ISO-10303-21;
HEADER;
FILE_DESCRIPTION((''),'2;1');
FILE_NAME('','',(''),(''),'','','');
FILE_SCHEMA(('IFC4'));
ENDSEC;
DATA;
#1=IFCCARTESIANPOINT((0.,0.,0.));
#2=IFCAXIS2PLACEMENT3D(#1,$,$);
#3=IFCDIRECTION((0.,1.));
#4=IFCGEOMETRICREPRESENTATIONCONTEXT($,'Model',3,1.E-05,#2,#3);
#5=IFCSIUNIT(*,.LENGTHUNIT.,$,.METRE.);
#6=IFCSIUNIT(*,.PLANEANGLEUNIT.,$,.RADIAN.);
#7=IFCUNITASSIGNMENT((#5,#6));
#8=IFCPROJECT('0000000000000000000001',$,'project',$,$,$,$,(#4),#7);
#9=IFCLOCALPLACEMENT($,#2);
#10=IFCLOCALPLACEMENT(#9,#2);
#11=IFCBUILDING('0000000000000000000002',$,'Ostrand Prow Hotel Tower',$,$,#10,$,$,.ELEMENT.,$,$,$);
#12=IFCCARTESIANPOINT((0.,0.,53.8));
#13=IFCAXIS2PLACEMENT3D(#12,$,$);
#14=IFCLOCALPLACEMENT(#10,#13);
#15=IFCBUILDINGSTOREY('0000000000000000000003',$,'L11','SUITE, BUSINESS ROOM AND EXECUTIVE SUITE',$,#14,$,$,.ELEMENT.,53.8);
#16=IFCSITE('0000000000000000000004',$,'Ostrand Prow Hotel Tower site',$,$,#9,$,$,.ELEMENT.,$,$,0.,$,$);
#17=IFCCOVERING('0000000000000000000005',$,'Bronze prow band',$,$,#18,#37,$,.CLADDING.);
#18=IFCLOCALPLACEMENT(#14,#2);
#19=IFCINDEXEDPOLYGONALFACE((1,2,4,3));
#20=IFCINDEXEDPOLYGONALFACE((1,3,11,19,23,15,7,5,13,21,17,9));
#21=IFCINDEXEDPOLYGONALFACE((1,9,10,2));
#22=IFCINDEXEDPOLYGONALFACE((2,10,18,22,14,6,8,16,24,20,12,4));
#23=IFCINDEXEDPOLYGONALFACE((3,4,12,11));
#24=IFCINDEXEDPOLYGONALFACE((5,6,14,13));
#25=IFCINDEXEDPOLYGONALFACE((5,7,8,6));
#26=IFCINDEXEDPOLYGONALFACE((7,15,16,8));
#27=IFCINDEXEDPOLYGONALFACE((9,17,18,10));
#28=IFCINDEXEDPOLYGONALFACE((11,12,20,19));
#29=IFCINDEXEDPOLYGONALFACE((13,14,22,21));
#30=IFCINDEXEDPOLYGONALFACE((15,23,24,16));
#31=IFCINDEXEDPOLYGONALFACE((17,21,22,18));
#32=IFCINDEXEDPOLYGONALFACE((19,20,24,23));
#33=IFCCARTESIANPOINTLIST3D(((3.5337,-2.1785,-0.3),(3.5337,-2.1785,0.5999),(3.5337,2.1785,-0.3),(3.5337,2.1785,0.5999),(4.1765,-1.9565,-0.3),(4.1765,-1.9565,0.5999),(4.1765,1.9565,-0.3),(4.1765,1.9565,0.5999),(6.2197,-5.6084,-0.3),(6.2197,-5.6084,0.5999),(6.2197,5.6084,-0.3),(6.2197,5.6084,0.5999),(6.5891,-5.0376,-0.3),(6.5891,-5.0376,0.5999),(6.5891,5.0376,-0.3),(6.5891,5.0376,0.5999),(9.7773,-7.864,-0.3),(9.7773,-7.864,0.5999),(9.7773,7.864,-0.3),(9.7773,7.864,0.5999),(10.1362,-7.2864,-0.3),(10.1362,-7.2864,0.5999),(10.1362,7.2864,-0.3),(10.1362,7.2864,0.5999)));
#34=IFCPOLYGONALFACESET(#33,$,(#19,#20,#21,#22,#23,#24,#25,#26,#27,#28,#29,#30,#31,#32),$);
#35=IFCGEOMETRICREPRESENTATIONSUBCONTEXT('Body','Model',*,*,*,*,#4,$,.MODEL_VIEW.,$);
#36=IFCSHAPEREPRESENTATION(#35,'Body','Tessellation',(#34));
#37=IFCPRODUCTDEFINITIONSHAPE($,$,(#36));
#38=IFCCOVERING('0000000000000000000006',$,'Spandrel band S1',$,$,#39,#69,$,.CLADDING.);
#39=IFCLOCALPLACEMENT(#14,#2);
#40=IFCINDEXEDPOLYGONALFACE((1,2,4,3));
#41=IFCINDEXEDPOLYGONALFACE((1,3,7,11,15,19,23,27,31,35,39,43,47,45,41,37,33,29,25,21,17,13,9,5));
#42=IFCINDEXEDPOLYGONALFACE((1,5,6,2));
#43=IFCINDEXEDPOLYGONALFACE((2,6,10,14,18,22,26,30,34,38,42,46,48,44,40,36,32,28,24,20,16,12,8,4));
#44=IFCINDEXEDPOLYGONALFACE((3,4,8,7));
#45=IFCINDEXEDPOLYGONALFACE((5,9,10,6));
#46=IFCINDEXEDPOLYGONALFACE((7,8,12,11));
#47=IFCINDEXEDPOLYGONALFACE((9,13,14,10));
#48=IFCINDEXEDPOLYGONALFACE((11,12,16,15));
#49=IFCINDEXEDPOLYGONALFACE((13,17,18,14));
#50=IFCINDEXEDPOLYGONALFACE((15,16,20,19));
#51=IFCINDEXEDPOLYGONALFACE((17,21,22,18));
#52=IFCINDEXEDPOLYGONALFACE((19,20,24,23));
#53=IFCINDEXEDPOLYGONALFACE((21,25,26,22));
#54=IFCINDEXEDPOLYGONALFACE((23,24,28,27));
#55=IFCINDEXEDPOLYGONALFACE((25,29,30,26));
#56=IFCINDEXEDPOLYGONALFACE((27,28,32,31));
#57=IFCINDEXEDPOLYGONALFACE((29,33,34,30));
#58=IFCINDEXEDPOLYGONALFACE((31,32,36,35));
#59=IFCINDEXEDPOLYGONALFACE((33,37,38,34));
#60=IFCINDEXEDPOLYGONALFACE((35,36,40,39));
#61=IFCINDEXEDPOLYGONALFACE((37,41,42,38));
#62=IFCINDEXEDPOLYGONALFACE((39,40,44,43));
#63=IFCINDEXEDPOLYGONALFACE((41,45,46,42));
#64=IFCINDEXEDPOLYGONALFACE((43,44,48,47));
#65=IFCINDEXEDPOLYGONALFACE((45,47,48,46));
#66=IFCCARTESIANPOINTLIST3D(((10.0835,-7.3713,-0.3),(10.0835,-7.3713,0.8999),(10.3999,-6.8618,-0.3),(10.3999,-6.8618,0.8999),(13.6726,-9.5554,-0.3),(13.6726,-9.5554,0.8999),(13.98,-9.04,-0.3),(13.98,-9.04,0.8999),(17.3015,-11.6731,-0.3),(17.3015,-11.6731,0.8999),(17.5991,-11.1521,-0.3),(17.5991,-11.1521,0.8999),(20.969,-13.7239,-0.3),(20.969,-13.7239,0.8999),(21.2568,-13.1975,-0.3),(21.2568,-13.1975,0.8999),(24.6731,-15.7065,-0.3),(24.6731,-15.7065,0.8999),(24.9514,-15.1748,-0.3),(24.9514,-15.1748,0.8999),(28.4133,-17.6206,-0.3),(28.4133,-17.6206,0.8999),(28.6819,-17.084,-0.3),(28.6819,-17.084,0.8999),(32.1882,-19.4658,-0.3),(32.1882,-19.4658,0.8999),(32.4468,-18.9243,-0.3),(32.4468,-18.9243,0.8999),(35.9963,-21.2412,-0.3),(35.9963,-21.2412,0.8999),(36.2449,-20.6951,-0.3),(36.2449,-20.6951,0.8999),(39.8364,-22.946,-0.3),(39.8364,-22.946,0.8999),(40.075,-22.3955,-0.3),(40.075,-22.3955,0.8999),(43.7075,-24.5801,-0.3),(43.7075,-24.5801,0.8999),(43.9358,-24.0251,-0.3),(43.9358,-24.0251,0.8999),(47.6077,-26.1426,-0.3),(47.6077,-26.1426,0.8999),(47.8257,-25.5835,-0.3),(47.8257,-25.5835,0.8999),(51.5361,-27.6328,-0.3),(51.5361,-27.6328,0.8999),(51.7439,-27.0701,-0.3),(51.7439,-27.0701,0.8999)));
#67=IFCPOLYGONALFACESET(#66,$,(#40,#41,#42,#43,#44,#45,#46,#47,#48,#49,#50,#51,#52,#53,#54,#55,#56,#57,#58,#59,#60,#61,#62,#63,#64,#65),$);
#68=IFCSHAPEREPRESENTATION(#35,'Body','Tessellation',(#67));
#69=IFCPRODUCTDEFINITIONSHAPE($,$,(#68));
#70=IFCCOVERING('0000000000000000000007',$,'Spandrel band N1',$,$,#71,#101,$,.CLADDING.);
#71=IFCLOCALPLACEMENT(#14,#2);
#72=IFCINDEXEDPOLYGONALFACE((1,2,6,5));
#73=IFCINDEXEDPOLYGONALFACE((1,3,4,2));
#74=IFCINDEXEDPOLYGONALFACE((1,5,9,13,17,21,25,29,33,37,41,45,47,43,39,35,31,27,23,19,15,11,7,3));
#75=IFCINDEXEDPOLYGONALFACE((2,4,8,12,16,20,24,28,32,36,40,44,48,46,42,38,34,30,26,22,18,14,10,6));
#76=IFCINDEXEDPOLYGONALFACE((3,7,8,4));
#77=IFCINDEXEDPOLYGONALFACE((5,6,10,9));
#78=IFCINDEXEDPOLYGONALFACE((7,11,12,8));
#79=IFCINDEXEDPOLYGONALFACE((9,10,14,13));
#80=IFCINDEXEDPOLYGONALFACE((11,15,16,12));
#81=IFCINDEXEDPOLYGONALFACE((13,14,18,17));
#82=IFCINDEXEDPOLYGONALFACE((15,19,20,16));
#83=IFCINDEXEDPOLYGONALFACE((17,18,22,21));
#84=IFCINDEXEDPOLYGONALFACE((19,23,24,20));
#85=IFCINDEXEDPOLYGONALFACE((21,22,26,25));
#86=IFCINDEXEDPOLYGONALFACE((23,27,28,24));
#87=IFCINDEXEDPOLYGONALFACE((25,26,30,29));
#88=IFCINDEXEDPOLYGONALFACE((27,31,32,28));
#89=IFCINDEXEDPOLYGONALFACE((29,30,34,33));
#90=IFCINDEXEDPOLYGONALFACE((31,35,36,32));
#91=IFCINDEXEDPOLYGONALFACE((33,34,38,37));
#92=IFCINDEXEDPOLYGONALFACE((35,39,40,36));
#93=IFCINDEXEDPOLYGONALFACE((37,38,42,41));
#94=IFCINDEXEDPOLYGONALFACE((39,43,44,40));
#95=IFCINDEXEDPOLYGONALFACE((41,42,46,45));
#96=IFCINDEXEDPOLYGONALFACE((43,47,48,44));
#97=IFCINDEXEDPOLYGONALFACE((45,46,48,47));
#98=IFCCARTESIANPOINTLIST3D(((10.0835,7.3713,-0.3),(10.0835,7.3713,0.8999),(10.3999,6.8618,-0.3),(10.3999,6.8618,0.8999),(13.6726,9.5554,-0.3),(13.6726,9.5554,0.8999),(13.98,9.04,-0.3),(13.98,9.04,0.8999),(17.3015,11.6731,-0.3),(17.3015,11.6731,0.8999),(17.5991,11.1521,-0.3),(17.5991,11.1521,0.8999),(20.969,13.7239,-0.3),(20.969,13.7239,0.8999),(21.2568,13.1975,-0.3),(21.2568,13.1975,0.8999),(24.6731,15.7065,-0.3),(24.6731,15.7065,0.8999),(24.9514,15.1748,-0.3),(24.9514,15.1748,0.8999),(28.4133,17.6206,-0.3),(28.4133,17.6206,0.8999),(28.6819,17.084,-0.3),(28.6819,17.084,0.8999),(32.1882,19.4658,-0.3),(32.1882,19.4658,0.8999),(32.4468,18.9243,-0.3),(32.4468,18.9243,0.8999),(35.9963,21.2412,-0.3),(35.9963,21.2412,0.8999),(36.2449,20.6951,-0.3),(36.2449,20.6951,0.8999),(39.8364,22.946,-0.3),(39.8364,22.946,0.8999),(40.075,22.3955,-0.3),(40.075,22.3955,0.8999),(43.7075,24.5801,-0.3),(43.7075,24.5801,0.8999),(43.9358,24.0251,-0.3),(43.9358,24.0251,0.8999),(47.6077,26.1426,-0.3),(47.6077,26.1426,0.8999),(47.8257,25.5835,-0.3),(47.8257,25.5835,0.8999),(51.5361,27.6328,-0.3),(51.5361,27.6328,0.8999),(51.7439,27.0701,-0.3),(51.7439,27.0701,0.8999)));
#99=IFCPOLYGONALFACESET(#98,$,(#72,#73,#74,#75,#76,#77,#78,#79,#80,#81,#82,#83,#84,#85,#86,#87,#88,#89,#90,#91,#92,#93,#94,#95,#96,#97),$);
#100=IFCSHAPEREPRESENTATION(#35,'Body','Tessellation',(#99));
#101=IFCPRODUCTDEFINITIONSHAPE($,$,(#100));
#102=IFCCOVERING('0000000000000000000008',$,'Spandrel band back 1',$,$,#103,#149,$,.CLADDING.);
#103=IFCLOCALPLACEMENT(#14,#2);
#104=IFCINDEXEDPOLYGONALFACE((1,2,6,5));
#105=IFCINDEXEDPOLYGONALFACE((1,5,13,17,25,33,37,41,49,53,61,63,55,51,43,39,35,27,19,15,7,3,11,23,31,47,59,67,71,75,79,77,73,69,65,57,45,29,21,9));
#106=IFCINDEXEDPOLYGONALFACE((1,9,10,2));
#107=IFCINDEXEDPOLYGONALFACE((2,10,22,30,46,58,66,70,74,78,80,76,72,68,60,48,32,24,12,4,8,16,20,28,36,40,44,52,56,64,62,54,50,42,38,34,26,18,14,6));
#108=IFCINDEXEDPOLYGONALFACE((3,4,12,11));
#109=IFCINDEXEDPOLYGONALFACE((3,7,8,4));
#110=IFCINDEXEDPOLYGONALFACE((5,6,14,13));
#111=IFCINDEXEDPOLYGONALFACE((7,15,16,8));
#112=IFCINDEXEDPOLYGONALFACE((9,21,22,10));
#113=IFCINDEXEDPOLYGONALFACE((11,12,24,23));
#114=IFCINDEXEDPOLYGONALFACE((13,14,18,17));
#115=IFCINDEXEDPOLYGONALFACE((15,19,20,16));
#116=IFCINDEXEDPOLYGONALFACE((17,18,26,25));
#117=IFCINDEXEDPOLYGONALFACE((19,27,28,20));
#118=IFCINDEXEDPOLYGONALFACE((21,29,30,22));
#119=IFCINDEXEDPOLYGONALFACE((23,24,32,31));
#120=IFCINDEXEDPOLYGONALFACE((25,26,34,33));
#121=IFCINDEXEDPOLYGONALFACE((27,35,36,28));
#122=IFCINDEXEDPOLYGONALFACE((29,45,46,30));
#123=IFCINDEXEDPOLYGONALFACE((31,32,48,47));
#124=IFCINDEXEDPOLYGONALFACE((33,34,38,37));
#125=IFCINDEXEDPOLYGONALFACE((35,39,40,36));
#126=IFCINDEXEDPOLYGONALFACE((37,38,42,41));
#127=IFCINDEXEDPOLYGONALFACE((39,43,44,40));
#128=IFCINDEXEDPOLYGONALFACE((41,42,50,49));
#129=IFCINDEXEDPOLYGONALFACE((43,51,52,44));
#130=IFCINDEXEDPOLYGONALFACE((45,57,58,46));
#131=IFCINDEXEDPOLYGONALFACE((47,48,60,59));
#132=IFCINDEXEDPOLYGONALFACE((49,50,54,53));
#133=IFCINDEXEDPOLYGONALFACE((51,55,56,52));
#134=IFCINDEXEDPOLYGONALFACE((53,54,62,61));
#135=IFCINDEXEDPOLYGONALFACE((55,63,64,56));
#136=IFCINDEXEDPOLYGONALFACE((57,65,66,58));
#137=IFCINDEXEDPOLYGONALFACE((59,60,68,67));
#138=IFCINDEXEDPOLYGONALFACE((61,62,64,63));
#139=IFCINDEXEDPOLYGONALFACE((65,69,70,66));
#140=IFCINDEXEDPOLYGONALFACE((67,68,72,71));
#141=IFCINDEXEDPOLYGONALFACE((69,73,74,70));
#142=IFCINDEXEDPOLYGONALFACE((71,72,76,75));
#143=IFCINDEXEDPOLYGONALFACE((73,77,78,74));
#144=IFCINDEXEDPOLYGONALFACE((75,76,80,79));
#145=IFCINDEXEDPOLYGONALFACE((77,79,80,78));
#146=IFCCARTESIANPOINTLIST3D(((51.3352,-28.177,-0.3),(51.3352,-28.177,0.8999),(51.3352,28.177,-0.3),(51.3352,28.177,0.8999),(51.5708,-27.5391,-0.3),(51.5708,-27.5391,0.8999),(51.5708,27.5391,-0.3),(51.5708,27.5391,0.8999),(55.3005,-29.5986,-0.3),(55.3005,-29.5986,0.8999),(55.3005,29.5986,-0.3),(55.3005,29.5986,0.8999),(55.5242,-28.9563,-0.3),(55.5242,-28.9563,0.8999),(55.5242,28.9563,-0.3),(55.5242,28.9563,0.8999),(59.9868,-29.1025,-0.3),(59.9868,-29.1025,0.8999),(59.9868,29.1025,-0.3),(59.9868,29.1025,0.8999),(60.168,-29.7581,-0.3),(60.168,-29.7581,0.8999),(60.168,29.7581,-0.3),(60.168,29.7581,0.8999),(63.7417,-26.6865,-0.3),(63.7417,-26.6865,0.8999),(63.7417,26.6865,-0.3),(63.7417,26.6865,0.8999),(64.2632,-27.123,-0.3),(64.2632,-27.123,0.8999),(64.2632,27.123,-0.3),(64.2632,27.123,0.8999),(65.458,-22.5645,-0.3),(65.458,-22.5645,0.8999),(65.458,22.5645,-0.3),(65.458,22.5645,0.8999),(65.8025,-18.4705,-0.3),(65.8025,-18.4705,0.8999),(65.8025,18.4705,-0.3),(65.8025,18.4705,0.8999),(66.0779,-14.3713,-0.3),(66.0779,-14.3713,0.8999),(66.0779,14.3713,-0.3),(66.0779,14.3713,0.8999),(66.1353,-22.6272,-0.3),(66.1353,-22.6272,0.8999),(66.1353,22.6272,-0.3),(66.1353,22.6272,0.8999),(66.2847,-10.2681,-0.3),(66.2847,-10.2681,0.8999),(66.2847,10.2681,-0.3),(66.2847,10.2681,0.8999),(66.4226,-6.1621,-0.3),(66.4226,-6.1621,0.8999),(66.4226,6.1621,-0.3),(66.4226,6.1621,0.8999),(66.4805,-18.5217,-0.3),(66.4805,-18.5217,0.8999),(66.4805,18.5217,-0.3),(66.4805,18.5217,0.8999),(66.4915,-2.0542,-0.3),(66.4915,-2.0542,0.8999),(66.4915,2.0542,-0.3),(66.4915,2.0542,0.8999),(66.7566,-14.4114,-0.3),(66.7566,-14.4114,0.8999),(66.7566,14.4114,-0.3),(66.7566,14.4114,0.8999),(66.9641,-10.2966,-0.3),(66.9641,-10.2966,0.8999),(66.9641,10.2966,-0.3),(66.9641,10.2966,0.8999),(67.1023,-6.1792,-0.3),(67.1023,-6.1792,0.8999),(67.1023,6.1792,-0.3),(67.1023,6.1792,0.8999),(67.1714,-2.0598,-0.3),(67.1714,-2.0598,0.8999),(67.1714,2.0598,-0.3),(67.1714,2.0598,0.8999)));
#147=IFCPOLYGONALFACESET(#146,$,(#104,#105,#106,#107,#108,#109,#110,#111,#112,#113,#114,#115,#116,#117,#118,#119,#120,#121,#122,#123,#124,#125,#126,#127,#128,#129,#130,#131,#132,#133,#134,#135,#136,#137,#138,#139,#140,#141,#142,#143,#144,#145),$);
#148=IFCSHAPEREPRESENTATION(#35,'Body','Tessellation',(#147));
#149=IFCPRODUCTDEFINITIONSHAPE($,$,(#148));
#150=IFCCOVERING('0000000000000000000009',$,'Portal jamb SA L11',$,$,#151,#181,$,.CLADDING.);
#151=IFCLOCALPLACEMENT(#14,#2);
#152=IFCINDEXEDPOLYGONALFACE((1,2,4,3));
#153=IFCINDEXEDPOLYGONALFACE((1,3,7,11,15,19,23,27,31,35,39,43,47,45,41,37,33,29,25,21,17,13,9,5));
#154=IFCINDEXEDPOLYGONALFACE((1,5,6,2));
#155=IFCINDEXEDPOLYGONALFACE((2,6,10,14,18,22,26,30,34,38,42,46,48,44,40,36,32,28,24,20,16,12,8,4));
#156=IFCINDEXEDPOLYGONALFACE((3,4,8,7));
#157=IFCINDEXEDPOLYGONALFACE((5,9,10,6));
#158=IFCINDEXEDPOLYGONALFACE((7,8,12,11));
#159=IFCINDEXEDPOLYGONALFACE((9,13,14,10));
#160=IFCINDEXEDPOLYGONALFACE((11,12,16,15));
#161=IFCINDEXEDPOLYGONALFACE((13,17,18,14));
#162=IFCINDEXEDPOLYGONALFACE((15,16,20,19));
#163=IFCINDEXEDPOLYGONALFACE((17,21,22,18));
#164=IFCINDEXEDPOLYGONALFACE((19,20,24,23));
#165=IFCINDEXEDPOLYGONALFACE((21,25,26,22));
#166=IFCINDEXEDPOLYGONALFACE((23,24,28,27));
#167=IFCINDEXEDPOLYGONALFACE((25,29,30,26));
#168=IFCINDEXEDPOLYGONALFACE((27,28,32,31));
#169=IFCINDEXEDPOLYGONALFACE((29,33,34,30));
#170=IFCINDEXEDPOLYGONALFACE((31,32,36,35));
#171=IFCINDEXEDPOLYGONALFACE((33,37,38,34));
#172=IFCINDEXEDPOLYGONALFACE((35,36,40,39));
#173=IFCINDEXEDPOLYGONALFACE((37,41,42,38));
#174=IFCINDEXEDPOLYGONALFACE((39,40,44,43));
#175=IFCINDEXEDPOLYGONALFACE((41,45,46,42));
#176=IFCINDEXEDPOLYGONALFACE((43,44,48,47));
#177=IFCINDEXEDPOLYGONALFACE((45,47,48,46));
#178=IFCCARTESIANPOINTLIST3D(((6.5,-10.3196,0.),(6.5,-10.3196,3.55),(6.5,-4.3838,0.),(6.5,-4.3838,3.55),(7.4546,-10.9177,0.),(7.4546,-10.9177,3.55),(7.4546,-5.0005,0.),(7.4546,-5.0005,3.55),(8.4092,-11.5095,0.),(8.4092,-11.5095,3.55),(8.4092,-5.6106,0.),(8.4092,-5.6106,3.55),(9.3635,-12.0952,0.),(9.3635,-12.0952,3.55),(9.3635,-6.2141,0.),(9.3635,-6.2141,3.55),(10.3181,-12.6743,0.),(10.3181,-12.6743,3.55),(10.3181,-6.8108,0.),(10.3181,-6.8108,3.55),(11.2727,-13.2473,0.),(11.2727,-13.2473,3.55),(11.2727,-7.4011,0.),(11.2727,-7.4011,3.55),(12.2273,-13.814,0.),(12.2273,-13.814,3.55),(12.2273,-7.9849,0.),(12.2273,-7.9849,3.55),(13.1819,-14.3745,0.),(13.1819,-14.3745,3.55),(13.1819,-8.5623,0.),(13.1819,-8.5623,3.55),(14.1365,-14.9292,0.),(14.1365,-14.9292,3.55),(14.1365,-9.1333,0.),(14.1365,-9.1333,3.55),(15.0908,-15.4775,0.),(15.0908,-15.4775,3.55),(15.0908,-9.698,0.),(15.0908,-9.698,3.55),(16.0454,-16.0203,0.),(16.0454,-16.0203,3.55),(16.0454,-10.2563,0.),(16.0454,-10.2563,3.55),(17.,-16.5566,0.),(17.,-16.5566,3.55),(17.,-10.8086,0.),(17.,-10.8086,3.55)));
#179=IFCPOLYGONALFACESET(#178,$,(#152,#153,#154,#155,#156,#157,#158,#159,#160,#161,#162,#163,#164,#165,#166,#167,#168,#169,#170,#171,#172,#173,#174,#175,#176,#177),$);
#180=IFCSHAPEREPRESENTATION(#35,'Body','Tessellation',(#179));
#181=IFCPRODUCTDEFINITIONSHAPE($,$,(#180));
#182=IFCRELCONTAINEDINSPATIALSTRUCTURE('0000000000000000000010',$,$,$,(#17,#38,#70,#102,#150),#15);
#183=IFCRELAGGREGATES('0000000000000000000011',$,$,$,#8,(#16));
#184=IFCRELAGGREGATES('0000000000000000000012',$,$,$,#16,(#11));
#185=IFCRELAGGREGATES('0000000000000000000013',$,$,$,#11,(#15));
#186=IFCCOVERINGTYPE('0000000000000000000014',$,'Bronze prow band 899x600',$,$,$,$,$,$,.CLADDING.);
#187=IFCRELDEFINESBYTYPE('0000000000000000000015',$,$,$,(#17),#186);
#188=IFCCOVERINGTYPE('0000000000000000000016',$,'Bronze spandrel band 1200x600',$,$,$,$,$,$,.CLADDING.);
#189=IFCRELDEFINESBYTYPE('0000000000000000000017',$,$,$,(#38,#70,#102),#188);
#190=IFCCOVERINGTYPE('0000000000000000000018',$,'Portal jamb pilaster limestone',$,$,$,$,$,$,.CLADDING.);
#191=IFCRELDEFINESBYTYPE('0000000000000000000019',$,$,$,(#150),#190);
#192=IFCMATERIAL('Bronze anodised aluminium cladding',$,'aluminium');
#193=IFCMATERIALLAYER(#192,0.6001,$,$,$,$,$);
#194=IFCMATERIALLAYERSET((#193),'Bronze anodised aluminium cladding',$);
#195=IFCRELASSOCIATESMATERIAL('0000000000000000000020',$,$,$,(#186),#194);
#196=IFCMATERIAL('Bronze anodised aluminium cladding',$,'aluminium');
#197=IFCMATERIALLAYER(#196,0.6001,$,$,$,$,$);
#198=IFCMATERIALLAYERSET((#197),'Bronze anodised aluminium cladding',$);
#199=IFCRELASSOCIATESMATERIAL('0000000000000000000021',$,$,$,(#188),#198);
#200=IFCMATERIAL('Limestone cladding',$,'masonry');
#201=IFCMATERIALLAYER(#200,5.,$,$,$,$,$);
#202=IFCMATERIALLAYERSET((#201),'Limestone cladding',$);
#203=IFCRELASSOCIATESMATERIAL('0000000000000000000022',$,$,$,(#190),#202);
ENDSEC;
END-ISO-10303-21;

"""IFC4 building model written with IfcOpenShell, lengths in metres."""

from ifc_helpers import new_model, si_unit, direction, frame, origin, place, context, subcontext, project, spatial, polyline, outline, extrude, material, layer, layer_set, type_object, element, save


model = new_model("IFC4")

# Units and contexts
model_context = context("Model", 3, precision=1e-05, world=origin(), true_north=direction((0.0, 1.0)))
body_context = subcontext(model_context, "Body", "Model", "MODEL_VIEW")
ifc_project = project(units=[si_unit("LENGTHUNIT", "METRE"), si_unit("PLANEANGLEUNIT", "RADIAN")], contexts=[model_context])

# Site, building, storey
site_placement = place(None, origin())
site = spatial("IfcSite", under=ifc_project, at=site_placement, Name="Ostrand Prow Hotel Tower site", CompositionType="ELEMENT", RefElevation=0.0)
building_placement = place(site_placement, origin())
building = spatial("IfcBuilding", under=site, at=building_placement, Name="Ostrand Prow Hotel Tower", CompositionType="ELEMENT")
storey_placement = place(building_placement, frame((0.0, 0.0, 53.8)))
storey = spatial("IfcBuildingStorey", under=building, at=storey_placement, Name="L11", Description="SUITE, BUSINESS ROOM AND EXECUTIVE SUITE", CompositionType="ELEMENT", Elevation=53.8)

# Coverings
ifc_material_1 = material(Name="Bronze anodised aluminium cladding", Category="aluminium")
ifc_layer_1 = layer(ifc_material_1, 0.6001)
ifc_layer_set_1 = layer_set([ifc_layer_1], Name="Bronze anodised aluminium cladding")
covering_type_1 = type_object("IfcCoveringType", Name="Bronze prow band 899x600", PredefinedType="CLADDING", material=ifc_layer_set_1)
covering_1_placement = place(storey_placement, frame((0.0, 0.0, -0.3)))
element("IfcCovering", 1, at=covering_1_placement, inside=storey, type_object=covering_type_1, Name="Bronze prow band", PredefinedType="CLADDING", context=body_context, shape_type="SweptSolid", body=[
    extrude(outline(polyline([(9.7773, 7.864), (6.2197, 5.6084), (3.5337, 2.1785), (3.5337, -2.1785), (6.2197, -5.6084), (9.7773, -7.864), (10.1362, -7.2864), (6.5891, -5.0376), (4.1765, -1.9565), (4.1765, 1.9565), (6.5891, 5.0376), (10.1362, 7.2864), (9.7773, 7.864)])), origin(), (0.0, 0.0, 1.0), 0.8999),
])
ifc_material_2 = material(Name="Bronze anodised aluminium cladding", Category="aluminium")
ifc_layer_2 = layer(ifc_material_2, 0.6001)
ifc_layer_set_2 = layer_set([ifc_layer_2], Name="Bronze anodised aluminium cladding")
covering_type_2 = type_object("IfcCoveringType", Name="Bronze spandrel band 1200x600", PredefinedType="CLADDING", material=ifc_layer_set_2)
covering_2_placement = place(storey_placement, frame((0.0, 0.0, -0.3)))
element("IfcCovering", 2, at=covering_2_placement, inside=storey, type_object=covering_type_2, Name="Spandrel band S1", PredefinedType="CLADDING", context=body_context, shape_type="SweptSolid", body=[
    extrude(outline(polyline([(10.0835, -7.3713), (13.6726, -9.5554), (17.3015, -11.6731), (20.969, -13.7239), (24.6731, -15.7065), (28.4133, -17.6206), (32.1882, -19.4658), (35.9963, -21.2412), (39.8364, -22.946), (43.7075, -24.5801), (47.6077, -26.1426), (51.5361, -27.6328), (51.7439, -27.0701), (47.8257, -25.5835), (43.9358, -24.0251), (40.075, -22.3955), (36.2449, -20.6951), (32.4468, -18.9243), (28.6819, -17.084), (24.9514, -15.1748), (21.2568, -13.1975), (17.5991, -11.1521), (13.98, -9.04), (10.3999, -6.8618), (10.0835, -7.3713)])), origin(), (0.0, 0.0, 1.0), 1.2),
])
covering_3_placement = place(storey_placement, frame((0.0, 0.0, -0.3)))
element("IfcCovering", 3, at=covering_3_placement, inside=storey, type_object=covering_type_2, Name="Spandrel band N1", PredefinedType="CLADDING", context=body_context, shape_type="SweptSolid", body=[
    extrude(outline(polyline([(51.5361, 27.6328), (47.6077, 26.1426), (43.7075, 24.5801), (39.8364, 22.946), (35.9963, 21.2412), (32.1882, 19.4658), (28.4133, 17.6206), (24.6731, 15.7065), (20.969, 13.7239), (17.3015, 11.6731), (13.6726, 9.5554), (10.0835, 7.3713), (10.3999, 6.8618), (13.98, 9.04), (17.5991, 11.1521), (21.2568, 13.1975), (24.9514, 15.1748), (28.6819, 17.084), (32.4468, 18.9243), (36.2449, 20.6951), (40.075, 22.3955), (43.9358, 24.0251), (47.8257, 25.5835), (51.7439, 27.0701), (51.5361, 27.6328)])), origin(), (0.0, 0.0, 1.0), 1.2),
])
covering_4_placement = place(storey_placement, frame((0.0, 0.0, -0.3)))
element("IfcCovering", 4, at=covering_4_placement, inside=storey, type_object=covering_type_2, Name="Spandrel band back 1", PredefinedType="CLADDING", context=body_context, shape_type="SweptSolid", body=[
    extrude(outline(polyline([(51.3352, -28.177), (55.3005, -29.5986), (60.168, -29.7581), (64.2632, -27.123), (66.1353, -22.6272), (66.4805, -18.5217), (66.7566, -14.4114), (66.9641, -10.2966), (67.1023, -6.1792), (67.1714, -2.0598), (67.1714, 2.0598), (67.1023, 6.1792), (66.9641, 10.2966), (66.7566, 14.4114), (66.4805, 18.5217), (66.1353, 22.6272), (64.2632, 27.123), (60.168, 29.7581), (55.3005, 29.5986), (51.3352, 28.177), (51.5708, 27.5391), (55.5242, 28.9563), (59.9868, 29.1025), (63.7417, 26.6865), (65.458, 22.5645), (65.8025, 18.4705), (66.0779, 14.3713), (66.2847, 10.2681), (66.4226, 6.1621), (66.4915, 2.0542), (66.4915, -2.0542), (66.4226, -6.1621), (66.2847, -10.2681), (66.0779, -14.3713), (65.8025, -18.4705), (65.458, -22.5645), (63.7417, -26.6865), (59.9868, -29.1025), (55.5242, -28.9563), (51.5708, -27.5391), (51.3352, -28.177)])), origin(), (0.0, 0.0, 1.0), 1.2),
])
ifc_material_3 = material(Name="Limestone cladding", Category="masonry")
ifc_layer_3 = layer(ifc_material_3, 5.0)
ifc_layer_set_3 = layer_set([ifc_layer_3], Name="Limestone cladding")
covering_type_3 = type_object("IfcCoveringType", Name="Portal jamb pilaster limestone", PredefinedType="CLADDING", material=ifc_layer_set_3)
covering_5_placement = place(storey_placement, origin())
element("IfcCovering", 5, at=covering_5_placement, inside=storey, type_object=covering_type_3, Name="Portal jamb SA L11", PredefinedType="CLADDING", context=body_context, shape_type="SweptSolid", body=[
    extrude(outline(polyline([(6.5, -4.3838), (6.5, -10.3196), (7.4546, -10.9177), (8.4092, -11.5095), (9.3635, -12.0952), (10.3181, -12.6743), (11.2727, -13.2473), (12.2273, -13.814), (13.1819, -14.3745), (14.1365, -14.9292), (15.0908, -15.4775), (16.0454, -16.0203), (17.0, -16.5566), (17.0, -10.8086), (16.0454, -10.2563), (15.0908, -9.698), (14.1365, -9.1333), (13.1819, -8.5623), (12.2273, -7.9849), (11.2727, -7.4011), (10.3181, -6.8108), (9.3635, -6.2141), (8.4092, -5.6106), (7.4546, -5.0005), (6.5, -4.3838)])), origin(), (0.0, 0.0, 1.0), 3.55),
])

save(model, "model.ifc")
